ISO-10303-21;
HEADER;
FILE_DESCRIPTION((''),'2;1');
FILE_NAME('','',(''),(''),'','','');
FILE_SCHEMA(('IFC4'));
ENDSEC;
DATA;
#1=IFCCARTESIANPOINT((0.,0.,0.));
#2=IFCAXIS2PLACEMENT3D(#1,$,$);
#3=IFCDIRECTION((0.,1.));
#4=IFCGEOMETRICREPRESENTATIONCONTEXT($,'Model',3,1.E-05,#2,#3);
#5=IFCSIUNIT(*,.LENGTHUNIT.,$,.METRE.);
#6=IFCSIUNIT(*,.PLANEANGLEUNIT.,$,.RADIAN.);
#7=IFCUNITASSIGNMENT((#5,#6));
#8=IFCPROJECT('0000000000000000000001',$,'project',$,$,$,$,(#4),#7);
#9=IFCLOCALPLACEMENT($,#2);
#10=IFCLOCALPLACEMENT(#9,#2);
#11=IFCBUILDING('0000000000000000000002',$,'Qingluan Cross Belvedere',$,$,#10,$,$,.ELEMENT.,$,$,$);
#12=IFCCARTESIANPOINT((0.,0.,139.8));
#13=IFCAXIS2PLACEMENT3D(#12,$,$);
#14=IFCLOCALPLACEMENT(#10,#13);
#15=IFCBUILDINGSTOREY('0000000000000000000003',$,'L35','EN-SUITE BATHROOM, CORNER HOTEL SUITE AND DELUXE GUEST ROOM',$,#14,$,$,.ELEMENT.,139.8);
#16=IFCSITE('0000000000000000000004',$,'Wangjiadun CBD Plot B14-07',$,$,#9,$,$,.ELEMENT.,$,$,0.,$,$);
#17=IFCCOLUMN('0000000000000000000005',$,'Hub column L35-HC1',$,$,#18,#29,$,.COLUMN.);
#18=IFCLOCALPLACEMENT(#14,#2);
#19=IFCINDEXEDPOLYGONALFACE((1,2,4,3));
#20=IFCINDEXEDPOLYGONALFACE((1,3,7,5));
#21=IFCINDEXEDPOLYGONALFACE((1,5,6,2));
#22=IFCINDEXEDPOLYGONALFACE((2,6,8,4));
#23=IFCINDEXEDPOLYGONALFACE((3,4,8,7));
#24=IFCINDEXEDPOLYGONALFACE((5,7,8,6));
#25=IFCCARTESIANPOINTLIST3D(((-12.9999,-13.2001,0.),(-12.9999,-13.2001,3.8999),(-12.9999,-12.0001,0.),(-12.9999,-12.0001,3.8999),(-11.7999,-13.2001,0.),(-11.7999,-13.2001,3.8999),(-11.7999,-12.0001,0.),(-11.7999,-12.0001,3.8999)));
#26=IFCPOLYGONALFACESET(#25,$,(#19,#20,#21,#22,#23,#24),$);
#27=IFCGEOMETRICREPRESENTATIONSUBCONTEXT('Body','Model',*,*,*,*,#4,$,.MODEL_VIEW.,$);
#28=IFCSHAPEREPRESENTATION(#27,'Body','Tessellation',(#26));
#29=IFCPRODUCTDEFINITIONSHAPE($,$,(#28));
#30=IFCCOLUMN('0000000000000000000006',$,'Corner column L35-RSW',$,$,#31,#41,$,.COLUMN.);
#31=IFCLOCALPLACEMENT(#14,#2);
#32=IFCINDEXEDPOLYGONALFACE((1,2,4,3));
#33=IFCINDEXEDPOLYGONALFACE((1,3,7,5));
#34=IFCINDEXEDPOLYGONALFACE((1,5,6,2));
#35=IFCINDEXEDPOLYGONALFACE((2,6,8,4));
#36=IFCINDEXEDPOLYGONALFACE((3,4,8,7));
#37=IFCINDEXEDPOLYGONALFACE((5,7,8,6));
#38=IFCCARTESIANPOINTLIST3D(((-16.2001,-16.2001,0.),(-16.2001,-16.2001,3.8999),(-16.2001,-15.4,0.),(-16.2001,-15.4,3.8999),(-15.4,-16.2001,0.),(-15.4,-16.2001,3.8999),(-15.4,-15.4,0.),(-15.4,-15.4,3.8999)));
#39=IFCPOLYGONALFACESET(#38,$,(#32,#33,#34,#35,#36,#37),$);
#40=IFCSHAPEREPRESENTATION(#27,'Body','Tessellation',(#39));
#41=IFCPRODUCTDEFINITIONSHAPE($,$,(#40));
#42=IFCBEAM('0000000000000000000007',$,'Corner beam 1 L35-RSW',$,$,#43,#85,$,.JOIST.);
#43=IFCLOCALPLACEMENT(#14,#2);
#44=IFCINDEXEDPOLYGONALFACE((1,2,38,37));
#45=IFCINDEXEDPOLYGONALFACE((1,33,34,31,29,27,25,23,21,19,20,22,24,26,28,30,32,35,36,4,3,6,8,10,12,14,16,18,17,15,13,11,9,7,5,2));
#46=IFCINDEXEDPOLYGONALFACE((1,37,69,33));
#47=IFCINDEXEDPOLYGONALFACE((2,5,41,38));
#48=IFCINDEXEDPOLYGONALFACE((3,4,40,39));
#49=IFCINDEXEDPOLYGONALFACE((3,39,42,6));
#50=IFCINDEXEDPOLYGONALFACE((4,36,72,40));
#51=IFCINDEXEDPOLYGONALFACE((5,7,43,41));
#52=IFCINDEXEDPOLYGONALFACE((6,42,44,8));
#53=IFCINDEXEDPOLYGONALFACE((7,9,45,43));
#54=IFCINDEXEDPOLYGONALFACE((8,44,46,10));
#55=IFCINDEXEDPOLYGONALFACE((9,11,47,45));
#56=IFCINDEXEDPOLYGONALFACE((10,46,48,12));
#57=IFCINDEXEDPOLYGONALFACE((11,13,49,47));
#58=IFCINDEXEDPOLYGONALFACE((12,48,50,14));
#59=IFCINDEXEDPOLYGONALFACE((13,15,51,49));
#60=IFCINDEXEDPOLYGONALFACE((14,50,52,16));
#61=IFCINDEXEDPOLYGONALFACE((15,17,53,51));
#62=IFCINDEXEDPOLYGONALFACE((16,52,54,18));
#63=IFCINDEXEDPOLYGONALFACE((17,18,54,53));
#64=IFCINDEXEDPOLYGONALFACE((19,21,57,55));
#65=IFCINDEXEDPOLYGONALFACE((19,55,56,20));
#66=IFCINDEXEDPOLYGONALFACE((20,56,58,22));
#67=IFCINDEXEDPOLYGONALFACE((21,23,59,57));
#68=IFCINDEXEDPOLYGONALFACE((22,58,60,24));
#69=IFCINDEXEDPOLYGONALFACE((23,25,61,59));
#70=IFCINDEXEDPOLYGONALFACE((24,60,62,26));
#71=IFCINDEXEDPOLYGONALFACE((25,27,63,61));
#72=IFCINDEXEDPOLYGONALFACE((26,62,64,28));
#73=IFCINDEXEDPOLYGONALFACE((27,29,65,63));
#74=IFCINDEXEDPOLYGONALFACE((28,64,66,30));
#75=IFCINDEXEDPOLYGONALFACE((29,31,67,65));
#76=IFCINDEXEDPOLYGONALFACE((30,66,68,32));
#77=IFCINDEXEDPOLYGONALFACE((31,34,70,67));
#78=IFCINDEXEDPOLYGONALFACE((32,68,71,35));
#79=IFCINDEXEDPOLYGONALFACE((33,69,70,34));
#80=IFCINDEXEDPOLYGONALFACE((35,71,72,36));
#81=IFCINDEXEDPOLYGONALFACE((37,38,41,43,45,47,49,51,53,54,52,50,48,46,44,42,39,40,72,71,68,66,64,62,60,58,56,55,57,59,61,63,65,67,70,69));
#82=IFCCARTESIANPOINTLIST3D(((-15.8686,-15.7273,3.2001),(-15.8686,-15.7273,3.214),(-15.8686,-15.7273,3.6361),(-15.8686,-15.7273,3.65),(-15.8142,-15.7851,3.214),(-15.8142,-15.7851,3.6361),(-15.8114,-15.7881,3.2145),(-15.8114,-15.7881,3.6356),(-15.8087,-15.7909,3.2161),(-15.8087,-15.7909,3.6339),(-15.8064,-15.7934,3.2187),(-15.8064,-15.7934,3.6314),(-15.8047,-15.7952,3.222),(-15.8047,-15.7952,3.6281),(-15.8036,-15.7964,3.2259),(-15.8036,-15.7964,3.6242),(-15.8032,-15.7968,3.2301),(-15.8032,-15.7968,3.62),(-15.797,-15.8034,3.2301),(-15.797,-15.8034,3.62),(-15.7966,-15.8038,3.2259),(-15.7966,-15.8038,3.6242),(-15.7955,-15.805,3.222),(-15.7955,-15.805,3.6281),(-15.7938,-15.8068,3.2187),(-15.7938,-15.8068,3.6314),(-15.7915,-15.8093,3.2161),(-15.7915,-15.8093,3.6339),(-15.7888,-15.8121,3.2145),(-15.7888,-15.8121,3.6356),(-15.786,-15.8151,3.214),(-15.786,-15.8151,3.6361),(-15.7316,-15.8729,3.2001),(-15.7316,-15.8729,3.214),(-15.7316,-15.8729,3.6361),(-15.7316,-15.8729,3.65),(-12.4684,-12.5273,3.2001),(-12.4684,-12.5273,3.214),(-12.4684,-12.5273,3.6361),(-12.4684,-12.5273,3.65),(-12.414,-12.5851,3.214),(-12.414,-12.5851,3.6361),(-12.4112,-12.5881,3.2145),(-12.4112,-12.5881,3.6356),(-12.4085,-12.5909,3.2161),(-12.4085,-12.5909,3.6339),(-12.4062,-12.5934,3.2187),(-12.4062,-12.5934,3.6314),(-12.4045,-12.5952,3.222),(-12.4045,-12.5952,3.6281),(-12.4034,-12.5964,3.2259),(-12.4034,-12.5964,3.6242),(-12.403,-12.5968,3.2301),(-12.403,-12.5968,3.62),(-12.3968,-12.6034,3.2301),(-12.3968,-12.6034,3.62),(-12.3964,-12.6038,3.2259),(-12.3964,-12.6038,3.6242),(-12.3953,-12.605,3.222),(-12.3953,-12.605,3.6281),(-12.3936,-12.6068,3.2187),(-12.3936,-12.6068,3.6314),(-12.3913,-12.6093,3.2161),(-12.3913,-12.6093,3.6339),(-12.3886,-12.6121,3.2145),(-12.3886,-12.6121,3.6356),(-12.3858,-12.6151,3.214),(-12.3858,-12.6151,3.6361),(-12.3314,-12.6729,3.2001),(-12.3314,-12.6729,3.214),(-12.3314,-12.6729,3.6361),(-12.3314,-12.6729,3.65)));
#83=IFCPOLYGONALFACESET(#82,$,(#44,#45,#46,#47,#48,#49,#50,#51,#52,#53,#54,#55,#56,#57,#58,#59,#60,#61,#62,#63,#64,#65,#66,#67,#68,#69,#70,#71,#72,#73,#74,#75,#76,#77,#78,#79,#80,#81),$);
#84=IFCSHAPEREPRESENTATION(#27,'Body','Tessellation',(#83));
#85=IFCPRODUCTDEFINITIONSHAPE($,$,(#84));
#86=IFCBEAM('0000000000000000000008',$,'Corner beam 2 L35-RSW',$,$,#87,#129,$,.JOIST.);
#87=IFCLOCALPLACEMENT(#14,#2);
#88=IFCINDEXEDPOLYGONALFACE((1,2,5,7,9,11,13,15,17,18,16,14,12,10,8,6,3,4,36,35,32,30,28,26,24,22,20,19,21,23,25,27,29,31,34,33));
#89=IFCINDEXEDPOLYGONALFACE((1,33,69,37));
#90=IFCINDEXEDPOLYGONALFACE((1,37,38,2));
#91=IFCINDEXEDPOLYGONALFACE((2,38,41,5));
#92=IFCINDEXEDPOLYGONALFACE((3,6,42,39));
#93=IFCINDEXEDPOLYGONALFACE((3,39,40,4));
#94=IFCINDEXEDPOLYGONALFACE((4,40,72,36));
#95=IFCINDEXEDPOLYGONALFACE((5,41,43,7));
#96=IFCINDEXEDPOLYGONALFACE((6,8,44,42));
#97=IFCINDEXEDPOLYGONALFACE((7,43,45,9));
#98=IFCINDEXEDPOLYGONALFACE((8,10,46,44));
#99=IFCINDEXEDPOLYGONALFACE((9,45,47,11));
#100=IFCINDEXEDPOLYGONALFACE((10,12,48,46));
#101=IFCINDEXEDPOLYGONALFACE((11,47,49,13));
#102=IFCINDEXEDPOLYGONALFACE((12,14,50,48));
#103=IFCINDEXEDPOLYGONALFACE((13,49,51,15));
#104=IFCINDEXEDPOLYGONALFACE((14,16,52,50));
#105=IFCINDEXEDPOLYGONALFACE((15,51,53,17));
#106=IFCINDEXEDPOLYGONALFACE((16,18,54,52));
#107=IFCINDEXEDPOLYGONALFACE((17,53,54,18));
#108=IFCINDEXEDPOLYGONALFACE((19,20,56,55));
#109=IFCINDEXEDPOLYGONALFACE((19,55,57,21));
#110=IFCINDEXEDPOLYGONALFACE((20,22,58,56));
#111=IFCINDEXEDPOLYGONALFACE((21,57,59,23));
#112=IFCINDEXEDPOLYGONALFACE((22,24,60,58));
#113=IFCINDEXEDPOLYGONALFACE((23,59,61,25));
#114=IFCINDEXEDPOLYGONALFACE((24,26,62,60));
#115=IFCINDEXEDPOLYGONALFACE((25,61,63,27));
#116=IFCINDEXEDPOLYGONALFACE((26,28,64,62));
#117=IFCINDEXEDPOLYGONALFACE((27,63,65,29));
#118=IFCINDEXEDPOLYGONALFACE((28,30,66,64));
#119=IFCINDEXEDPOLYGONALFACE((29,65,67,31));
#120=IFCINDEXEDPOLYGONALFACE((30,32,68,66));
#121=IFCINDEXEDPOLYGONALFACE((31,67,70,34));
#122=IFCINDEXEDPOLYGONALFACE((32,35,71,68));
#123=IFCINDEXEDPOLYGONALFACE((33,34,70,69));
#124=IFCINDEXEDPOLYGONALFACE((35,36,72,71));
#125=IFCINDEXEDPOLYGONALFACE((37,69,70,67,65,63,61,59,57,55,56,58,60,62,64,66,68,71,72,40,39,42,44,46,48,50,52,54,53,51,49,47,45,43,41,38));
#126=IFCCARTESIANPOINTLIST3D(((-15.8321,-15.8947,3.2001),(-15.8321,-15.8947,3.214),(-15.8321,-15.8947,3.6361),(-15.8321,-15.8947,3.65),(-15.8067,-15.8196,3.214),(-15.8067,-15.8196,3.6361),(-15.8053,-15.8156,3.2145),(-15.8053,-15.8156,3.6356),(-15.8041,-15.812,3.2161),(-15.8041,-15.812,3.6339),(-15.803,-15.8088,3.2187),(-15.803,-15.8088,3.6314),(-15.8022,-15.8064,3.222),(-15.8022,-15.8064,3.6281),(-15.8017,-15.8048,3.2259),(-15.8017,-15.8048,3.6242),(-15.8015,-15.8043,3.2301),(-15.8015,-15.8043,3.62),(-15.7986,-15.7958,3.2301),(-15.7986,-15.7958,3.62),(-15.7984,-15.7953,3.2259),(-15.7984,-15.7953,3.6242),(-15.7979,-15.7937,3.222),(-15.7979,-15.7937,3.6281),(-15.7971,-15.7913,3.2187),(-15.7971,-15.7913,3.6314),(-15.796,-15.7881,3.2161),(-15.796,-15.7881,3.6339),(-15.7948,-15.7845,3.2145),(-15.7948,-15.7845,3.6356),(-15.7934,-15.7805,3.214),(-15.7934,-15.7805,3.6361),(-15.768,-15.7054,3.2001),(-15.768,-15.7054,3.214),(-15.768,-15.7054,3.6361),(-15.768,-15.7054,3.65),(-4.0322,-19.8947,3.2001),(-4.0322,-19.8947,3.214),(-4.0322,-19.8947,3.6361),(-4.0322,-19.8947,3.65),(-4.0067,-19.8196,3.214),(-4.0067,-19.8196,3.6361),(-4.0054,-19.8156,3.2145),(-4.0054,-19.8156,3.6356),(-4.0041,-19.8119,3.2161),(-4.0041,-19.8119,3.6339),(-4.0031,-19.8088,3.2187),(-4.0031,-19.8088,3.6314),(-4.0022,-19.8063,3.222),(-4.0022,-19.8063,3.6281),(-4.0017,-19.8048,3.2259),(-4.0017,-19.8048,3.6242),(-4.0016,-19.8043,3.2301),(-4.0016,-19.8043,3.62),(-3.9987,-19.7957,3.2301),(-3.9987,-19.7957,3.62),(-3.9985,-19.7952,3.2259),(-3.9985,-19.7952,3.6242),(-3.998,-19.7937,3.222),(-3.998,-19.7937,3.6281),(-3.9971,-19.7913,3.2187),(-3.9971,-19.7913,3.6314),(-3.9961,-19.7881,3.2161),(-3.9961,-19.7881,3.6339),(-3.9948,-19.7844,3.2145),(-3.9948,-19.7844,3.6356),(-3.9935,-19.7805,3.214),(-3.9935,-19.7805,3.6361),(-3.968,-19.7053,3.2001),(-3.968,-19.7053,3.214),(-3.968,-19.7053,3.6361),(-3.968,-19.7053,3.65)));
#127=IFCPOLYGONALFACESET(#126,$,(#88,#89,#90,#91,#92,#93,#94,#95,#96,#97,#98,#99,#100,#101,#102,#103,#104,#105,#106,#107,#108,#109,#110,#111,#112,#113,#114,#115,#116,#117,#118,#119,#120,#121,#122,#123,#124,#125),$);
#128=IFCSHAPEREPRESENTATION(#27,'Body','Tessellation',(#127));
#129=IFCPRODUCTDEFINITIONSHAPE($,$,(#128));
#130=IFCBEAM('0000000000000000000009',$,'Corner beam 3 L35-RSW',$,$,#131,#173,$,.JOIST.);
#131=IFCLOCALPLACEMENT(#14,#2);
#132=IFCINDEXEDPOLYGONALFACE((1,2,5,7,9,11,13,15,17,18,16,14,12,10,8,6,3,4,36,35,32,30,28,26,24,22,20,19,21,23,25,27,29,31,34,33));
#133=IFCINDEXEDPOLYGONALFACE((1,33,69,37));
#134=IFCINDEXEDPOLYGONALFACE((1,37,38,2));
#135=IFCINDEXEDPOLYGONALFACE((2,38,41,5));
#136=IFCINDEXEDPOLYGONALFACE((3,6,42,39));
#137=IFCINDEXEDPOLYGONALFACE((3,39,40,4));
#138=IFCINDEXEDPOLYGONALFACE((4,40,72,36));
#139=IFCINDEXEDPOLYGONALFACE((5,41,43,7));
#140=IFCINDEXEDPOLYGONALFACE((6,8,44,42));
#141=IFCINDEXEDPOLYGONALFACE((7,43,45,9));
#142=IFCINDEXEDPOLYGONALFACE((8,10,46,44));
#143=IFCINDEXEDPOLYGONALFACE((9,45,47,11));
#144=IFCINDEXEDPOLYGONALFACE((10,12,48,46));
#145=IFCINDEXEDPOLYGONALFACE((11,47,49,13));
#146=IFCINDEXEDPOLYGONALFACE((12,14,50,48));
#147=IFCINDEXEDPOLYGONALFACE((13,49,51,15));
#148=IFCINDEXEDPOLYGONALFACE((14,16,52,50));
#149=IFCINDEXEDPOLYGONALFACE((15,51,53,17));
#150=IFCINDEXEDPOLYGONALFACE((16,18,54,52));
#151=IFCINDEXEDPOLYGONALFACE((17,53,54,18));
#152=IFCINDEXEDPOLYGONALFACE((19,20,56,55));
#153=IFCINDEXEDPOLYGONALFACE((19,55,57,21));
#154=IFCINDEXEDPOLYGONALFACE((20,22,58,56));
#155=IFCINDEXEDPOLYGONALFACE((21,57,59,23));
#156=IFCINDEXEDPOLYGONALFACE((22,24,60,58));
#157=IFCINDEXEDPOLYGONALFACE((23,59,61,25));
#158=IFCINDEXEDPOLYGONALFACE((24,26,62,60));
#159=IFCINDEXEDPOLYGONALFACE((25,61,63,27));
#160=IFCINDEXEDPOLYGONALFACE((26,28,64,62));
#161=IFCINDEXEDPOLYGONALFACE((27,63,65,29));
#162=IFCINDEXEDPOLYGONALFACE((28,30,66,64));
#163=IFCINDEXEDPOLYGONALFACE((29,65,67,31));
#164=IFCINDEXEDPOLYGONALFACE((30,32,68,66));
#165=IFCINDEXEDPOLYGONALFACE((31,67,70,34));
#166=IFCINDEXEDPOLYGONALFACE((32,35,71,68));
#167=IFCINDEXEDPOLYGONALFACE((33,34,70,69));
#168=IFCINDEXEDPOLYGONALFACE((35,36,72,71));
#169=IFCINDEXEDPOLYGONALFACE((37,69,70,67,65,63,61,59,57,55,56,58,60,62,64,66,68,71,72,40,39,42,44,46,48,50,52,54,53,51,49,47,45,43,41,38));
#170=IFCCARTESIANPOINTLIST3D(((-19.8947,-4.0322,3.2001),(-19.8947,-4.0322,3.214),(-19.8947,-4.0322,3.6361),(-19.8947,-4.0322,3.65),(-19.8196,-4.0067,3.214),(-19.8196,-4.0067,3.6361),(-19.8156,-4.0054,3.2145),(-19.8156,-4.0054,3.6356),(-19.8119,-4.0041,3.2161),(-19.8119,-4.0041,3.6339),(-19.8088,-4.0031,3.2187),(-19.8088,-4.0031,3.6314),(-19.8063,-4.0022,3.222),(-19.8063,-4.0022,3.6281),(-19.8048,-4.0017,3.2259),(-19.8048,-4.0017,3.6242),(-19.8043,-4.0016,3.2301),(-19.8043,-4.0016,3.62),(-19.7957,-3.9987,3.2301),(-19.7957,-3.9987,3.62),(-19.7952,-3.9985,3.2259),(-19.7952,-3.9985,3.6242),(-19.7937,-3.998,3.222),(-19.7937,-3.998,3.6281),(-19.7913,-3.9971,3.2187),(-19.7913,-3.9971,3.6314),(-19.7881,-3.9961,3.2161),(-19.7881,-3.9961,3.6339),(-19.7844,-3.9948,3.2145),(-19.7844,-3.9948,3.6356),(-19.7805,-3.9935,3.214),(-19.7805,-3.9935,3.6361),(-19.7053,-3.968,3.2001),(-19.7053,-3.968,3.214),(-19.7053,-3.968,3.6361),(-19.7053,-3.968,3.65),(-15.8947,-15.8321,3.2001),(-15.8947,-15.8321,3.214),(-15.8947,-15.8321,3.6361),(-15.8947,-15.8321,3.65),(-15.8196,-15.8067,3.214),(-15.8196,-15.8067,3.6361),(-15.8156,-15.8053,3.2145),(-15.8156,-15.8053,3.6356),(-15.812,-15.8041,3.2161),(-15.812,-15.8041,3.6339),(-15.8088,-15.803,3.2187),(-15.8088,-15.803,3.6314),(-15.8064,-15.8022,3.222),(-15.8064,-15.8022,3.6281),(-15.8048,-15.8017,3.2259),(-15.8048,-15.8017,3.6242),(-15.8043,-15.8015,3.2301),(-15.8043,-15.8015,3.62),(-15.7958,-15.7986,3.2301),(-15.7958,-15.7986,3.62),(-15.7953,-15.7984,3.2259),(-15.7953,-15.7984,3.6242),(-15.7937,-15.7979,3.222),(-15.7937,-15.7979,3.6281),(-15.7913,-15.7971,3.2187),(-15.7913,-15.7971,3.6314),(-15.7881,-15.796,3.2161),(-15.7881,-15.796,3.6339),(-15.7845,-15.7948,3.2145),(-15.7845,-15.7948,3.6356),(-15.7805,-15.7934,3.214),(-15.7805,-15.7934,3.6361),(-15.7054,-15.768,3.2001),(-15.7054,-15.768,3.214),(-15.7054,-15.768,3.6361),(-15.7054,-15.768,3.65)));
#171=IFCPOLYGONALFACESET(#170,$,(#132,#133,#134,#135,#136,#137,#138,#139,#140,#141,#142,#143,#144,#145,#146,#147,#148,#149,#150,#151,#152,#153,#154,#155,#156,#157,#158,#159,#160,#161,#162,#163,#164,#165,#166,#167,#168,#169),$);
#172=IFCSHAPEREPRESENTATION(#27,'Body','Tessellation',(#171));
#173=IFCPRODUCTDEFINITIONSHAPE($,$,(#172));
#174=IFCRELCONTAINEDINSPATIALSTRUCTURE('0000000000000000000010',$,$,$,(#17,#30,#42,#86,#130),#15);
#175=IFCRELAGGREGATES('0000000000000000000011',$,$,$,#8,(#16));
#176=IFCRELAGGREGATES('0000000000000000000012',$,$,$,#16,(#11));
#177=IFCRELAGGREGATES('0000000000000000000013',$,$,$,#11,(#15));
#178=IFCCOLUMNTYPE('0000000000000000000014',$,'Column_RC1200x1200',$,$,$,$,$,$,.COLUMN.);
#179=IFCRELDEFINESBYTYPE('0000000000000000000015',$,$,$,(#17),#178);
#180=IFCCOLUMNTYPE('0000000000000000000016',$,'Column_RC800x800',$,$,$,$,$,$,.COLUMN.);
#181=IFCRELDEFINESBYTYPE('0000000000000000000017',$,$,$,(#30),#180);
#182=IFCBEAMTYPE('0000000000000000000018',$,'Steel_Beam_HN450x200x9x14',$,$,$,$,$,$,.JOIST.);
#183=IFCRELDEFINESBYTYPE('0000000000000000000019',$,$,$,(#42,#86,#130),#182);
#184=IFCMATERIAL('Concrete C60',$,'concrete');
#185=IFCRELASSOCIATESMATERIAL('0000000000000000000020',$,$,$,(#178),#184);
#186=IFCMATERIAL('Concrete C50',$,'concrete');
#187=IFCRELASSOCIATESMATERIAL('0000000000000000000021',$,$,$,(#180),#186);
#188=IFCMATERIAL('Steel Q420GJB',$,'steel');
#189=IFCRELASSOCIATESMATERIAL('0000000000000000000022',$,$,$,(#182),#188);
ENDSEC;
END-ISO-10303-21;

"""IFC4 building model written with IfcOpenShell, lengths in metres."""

from ifc_helpers import new_model, si_unit, direction, frame, origin, origin_2d, place, context, subcontext, project, spatial, rectangle, i_section, extrude, material, material_profile, profile_set, type_object, element, save


model = new_model("IFC4")

# Units and contexts
model_context = context("Model", 3, precision=1e-05, world=origin(), true_north=direction((0.0, 1.0)))
body_context = subcontext(model_context, "Body", "Model", "MODEL_VIEW")
ifc_project = project(units=[si_unit("LENGTHUNIT", "METRE"), si_unit("PLANEANGLEUNIT", "RADIAN")], contexts=[model_context])

# Site, building, storey
site_placement = place(None, origin())
site = spatial("IfcSite", under=ifc_project, at=site_placement, Name="Wangjiadun CBD Plot B14-07", CompositionType="ELEMENT", RefElevation=0.0)
building_placement = place(site_placement, origin())
building = spatial("IfcBuilding", under=site, at=building_placement, Name="Qingluan Cross Belvedere", CompositionType="ELEMENT")
storey_placement = place(building_placement, frame((0.0, 0.0, 139.8)))
storey = spatial("IfcBuildingStorey", under=building, at=storey_placement, Name="L35", Description="EN-SUITE BATHROOM, CORNER HOTEL SUITE AND DELUXE GUEST ROOM", CompositionType="ELEMENT", Elevation=139.8)

# Columns
ifc_material_1 = material(Name="Concrete C60", Category="concrete")
ifc_material_profile_1 = material_profile(ifc_material_1, rectangle(XDim=1.2, YDim=1.2, at=origin_2d()), Name="RC1200x1200")
ifc_profile_set_1 = profile_set([ifc_material_profile_1], Name="Concrete C60")
column_type_1 = type_object("IfcColumnType", Name="Column_RC1200x1200", PredefinedType="COLUMN", material=ifc_profile_set_1)
column_1_placement = place(storey_placement, frame((-12.3999, -12.6001, 0.0), z_axis=(0.0, 0.0, 1.0), x_axis=(1.0, 0.0, 0.0)))
element("IfcColumn", 1, at=column_1_placement, inside=storey, type_object=column_type_1, Name="Hub column L35-HC1", PredefinedType="COLUMN", context=body_context, shape_type="SweptSolid", body=[
    extrude(rectangle(XDim=1.2, YDim=1.2, at=origin_2d()), origin(), (0.0, 0.0, 1.0), 3.8999),
])
ifc_material_2 = material(Name="Concrete C50", Category="concrete")
ifc_material_profile_2 = material_profile(ifc_material_2, rectangle(XDim=0.8, YDim=0.8, at=origin_2d()), Name="RC800x800")
ifc_profile_set_2 = profile_set([ifc_material_profile_2], Name="Concrete C50")
column_type_2 = type_object("IfcColumnType", Name="Column_RC800x800", PredefinedType="COLUMN", material=ifc_profile_set_2)
column_2_placement = place(storey_placement, frame((-15.8, -15.8, 0.0), z_axis=(0.0, 0.0, 1.0), x_axis=(1.0, 0.0, 0.0)))
element("IfcColumn", 2, at=column_2_placement, inside=storey, type_object=column_type_2, Name="Corner column L35-RSW", PredefinedType="COLUMN", context=body_context, shape_type="SweptSolid", body=[
    extrude(rectangle(XDim=0.8, YDim=0.8, at=origin_2d()), origin(), (0.0, 0.0, 1.0), 3.8999),
])

# Beams
ifc_material_3 = material(Name="Steel Q420GJB", Category="steel")
ifc_material_profile_3 = material_profile(ifc_material_3, i_section(OverallWidth=0.2, OverallDepth=0.45, WebThickness=0.009, FlangeThickness=0.0139, FilletRadius=0.0161, at=origin_2d()), Name="HN450x200x9x14")
ifc_profile_set_3 = profile_set([ifc_material_profile_3], Name="Steel Q420GJB")
beam_type_1 = type_object("IfcBeamType", Name="Steel_Beam_HN450x200x9x14", PredefinedType="JOIST", material=ifc_profile_set_3)
beam_1_placement = place(storey_placement, frame((-12.3999, -12.6001, 3.425), z_axis=(-0.72822, -0.685343, 0.0), x_axis=(0.685343, -0.72822, 0.0)))
element("IfcBeam", 3, at=beam_1_placement, inside=storey, type_object=beam_type_1, Name="Corner beam 1 L35-RSW", PredefinedType="JOIST", context=body_context, shape_type="SweptSolid", body=[
    extrude(i_section(OverallWidth=0.2, OverallDepth=0.45, WebThickness=0.009, FlangeThickness=0.0139, FilletRadius=0.0161, at=origin_2d()), origin(), (0.0, 0.0, 1.0), 4.6692),
])
for number, where, z_axis, x_axis, name in (
    (4, (-15.8, -15.8, 3.425), (0.947066, -0.321038, 0.0), (0.321038, 0.947066, 0.0), "Corner beam 2 L35-RSW"),
    (5, (-15.8, -15.8, 3.425), (-0.321038, 0.947066, 0.0), (-0.947066, -0.321038, 0.0), "Corner beam 3 L35-RSW"),
):
    element("IfcBeam", number, at=place(storey_placement, frame(where, z_axis=z_axis, x_axis=x_axis)), inside=storey, type_object=beam_type_1, Name=name, PredefinedType="JOIST", context=body_context, shape_type="SweptSolid", body=[
        extrude(i_section(OverallWidth=0.2, OverallDepth=0.45, WebThickness=0.009, FlangeThickness=0.0139, FilletRadius=0.0161, at=origin_2d()), origin(), (0.0, 0.0, 1.0), 12.4595),
    ])

save(model, "model.ifc")
